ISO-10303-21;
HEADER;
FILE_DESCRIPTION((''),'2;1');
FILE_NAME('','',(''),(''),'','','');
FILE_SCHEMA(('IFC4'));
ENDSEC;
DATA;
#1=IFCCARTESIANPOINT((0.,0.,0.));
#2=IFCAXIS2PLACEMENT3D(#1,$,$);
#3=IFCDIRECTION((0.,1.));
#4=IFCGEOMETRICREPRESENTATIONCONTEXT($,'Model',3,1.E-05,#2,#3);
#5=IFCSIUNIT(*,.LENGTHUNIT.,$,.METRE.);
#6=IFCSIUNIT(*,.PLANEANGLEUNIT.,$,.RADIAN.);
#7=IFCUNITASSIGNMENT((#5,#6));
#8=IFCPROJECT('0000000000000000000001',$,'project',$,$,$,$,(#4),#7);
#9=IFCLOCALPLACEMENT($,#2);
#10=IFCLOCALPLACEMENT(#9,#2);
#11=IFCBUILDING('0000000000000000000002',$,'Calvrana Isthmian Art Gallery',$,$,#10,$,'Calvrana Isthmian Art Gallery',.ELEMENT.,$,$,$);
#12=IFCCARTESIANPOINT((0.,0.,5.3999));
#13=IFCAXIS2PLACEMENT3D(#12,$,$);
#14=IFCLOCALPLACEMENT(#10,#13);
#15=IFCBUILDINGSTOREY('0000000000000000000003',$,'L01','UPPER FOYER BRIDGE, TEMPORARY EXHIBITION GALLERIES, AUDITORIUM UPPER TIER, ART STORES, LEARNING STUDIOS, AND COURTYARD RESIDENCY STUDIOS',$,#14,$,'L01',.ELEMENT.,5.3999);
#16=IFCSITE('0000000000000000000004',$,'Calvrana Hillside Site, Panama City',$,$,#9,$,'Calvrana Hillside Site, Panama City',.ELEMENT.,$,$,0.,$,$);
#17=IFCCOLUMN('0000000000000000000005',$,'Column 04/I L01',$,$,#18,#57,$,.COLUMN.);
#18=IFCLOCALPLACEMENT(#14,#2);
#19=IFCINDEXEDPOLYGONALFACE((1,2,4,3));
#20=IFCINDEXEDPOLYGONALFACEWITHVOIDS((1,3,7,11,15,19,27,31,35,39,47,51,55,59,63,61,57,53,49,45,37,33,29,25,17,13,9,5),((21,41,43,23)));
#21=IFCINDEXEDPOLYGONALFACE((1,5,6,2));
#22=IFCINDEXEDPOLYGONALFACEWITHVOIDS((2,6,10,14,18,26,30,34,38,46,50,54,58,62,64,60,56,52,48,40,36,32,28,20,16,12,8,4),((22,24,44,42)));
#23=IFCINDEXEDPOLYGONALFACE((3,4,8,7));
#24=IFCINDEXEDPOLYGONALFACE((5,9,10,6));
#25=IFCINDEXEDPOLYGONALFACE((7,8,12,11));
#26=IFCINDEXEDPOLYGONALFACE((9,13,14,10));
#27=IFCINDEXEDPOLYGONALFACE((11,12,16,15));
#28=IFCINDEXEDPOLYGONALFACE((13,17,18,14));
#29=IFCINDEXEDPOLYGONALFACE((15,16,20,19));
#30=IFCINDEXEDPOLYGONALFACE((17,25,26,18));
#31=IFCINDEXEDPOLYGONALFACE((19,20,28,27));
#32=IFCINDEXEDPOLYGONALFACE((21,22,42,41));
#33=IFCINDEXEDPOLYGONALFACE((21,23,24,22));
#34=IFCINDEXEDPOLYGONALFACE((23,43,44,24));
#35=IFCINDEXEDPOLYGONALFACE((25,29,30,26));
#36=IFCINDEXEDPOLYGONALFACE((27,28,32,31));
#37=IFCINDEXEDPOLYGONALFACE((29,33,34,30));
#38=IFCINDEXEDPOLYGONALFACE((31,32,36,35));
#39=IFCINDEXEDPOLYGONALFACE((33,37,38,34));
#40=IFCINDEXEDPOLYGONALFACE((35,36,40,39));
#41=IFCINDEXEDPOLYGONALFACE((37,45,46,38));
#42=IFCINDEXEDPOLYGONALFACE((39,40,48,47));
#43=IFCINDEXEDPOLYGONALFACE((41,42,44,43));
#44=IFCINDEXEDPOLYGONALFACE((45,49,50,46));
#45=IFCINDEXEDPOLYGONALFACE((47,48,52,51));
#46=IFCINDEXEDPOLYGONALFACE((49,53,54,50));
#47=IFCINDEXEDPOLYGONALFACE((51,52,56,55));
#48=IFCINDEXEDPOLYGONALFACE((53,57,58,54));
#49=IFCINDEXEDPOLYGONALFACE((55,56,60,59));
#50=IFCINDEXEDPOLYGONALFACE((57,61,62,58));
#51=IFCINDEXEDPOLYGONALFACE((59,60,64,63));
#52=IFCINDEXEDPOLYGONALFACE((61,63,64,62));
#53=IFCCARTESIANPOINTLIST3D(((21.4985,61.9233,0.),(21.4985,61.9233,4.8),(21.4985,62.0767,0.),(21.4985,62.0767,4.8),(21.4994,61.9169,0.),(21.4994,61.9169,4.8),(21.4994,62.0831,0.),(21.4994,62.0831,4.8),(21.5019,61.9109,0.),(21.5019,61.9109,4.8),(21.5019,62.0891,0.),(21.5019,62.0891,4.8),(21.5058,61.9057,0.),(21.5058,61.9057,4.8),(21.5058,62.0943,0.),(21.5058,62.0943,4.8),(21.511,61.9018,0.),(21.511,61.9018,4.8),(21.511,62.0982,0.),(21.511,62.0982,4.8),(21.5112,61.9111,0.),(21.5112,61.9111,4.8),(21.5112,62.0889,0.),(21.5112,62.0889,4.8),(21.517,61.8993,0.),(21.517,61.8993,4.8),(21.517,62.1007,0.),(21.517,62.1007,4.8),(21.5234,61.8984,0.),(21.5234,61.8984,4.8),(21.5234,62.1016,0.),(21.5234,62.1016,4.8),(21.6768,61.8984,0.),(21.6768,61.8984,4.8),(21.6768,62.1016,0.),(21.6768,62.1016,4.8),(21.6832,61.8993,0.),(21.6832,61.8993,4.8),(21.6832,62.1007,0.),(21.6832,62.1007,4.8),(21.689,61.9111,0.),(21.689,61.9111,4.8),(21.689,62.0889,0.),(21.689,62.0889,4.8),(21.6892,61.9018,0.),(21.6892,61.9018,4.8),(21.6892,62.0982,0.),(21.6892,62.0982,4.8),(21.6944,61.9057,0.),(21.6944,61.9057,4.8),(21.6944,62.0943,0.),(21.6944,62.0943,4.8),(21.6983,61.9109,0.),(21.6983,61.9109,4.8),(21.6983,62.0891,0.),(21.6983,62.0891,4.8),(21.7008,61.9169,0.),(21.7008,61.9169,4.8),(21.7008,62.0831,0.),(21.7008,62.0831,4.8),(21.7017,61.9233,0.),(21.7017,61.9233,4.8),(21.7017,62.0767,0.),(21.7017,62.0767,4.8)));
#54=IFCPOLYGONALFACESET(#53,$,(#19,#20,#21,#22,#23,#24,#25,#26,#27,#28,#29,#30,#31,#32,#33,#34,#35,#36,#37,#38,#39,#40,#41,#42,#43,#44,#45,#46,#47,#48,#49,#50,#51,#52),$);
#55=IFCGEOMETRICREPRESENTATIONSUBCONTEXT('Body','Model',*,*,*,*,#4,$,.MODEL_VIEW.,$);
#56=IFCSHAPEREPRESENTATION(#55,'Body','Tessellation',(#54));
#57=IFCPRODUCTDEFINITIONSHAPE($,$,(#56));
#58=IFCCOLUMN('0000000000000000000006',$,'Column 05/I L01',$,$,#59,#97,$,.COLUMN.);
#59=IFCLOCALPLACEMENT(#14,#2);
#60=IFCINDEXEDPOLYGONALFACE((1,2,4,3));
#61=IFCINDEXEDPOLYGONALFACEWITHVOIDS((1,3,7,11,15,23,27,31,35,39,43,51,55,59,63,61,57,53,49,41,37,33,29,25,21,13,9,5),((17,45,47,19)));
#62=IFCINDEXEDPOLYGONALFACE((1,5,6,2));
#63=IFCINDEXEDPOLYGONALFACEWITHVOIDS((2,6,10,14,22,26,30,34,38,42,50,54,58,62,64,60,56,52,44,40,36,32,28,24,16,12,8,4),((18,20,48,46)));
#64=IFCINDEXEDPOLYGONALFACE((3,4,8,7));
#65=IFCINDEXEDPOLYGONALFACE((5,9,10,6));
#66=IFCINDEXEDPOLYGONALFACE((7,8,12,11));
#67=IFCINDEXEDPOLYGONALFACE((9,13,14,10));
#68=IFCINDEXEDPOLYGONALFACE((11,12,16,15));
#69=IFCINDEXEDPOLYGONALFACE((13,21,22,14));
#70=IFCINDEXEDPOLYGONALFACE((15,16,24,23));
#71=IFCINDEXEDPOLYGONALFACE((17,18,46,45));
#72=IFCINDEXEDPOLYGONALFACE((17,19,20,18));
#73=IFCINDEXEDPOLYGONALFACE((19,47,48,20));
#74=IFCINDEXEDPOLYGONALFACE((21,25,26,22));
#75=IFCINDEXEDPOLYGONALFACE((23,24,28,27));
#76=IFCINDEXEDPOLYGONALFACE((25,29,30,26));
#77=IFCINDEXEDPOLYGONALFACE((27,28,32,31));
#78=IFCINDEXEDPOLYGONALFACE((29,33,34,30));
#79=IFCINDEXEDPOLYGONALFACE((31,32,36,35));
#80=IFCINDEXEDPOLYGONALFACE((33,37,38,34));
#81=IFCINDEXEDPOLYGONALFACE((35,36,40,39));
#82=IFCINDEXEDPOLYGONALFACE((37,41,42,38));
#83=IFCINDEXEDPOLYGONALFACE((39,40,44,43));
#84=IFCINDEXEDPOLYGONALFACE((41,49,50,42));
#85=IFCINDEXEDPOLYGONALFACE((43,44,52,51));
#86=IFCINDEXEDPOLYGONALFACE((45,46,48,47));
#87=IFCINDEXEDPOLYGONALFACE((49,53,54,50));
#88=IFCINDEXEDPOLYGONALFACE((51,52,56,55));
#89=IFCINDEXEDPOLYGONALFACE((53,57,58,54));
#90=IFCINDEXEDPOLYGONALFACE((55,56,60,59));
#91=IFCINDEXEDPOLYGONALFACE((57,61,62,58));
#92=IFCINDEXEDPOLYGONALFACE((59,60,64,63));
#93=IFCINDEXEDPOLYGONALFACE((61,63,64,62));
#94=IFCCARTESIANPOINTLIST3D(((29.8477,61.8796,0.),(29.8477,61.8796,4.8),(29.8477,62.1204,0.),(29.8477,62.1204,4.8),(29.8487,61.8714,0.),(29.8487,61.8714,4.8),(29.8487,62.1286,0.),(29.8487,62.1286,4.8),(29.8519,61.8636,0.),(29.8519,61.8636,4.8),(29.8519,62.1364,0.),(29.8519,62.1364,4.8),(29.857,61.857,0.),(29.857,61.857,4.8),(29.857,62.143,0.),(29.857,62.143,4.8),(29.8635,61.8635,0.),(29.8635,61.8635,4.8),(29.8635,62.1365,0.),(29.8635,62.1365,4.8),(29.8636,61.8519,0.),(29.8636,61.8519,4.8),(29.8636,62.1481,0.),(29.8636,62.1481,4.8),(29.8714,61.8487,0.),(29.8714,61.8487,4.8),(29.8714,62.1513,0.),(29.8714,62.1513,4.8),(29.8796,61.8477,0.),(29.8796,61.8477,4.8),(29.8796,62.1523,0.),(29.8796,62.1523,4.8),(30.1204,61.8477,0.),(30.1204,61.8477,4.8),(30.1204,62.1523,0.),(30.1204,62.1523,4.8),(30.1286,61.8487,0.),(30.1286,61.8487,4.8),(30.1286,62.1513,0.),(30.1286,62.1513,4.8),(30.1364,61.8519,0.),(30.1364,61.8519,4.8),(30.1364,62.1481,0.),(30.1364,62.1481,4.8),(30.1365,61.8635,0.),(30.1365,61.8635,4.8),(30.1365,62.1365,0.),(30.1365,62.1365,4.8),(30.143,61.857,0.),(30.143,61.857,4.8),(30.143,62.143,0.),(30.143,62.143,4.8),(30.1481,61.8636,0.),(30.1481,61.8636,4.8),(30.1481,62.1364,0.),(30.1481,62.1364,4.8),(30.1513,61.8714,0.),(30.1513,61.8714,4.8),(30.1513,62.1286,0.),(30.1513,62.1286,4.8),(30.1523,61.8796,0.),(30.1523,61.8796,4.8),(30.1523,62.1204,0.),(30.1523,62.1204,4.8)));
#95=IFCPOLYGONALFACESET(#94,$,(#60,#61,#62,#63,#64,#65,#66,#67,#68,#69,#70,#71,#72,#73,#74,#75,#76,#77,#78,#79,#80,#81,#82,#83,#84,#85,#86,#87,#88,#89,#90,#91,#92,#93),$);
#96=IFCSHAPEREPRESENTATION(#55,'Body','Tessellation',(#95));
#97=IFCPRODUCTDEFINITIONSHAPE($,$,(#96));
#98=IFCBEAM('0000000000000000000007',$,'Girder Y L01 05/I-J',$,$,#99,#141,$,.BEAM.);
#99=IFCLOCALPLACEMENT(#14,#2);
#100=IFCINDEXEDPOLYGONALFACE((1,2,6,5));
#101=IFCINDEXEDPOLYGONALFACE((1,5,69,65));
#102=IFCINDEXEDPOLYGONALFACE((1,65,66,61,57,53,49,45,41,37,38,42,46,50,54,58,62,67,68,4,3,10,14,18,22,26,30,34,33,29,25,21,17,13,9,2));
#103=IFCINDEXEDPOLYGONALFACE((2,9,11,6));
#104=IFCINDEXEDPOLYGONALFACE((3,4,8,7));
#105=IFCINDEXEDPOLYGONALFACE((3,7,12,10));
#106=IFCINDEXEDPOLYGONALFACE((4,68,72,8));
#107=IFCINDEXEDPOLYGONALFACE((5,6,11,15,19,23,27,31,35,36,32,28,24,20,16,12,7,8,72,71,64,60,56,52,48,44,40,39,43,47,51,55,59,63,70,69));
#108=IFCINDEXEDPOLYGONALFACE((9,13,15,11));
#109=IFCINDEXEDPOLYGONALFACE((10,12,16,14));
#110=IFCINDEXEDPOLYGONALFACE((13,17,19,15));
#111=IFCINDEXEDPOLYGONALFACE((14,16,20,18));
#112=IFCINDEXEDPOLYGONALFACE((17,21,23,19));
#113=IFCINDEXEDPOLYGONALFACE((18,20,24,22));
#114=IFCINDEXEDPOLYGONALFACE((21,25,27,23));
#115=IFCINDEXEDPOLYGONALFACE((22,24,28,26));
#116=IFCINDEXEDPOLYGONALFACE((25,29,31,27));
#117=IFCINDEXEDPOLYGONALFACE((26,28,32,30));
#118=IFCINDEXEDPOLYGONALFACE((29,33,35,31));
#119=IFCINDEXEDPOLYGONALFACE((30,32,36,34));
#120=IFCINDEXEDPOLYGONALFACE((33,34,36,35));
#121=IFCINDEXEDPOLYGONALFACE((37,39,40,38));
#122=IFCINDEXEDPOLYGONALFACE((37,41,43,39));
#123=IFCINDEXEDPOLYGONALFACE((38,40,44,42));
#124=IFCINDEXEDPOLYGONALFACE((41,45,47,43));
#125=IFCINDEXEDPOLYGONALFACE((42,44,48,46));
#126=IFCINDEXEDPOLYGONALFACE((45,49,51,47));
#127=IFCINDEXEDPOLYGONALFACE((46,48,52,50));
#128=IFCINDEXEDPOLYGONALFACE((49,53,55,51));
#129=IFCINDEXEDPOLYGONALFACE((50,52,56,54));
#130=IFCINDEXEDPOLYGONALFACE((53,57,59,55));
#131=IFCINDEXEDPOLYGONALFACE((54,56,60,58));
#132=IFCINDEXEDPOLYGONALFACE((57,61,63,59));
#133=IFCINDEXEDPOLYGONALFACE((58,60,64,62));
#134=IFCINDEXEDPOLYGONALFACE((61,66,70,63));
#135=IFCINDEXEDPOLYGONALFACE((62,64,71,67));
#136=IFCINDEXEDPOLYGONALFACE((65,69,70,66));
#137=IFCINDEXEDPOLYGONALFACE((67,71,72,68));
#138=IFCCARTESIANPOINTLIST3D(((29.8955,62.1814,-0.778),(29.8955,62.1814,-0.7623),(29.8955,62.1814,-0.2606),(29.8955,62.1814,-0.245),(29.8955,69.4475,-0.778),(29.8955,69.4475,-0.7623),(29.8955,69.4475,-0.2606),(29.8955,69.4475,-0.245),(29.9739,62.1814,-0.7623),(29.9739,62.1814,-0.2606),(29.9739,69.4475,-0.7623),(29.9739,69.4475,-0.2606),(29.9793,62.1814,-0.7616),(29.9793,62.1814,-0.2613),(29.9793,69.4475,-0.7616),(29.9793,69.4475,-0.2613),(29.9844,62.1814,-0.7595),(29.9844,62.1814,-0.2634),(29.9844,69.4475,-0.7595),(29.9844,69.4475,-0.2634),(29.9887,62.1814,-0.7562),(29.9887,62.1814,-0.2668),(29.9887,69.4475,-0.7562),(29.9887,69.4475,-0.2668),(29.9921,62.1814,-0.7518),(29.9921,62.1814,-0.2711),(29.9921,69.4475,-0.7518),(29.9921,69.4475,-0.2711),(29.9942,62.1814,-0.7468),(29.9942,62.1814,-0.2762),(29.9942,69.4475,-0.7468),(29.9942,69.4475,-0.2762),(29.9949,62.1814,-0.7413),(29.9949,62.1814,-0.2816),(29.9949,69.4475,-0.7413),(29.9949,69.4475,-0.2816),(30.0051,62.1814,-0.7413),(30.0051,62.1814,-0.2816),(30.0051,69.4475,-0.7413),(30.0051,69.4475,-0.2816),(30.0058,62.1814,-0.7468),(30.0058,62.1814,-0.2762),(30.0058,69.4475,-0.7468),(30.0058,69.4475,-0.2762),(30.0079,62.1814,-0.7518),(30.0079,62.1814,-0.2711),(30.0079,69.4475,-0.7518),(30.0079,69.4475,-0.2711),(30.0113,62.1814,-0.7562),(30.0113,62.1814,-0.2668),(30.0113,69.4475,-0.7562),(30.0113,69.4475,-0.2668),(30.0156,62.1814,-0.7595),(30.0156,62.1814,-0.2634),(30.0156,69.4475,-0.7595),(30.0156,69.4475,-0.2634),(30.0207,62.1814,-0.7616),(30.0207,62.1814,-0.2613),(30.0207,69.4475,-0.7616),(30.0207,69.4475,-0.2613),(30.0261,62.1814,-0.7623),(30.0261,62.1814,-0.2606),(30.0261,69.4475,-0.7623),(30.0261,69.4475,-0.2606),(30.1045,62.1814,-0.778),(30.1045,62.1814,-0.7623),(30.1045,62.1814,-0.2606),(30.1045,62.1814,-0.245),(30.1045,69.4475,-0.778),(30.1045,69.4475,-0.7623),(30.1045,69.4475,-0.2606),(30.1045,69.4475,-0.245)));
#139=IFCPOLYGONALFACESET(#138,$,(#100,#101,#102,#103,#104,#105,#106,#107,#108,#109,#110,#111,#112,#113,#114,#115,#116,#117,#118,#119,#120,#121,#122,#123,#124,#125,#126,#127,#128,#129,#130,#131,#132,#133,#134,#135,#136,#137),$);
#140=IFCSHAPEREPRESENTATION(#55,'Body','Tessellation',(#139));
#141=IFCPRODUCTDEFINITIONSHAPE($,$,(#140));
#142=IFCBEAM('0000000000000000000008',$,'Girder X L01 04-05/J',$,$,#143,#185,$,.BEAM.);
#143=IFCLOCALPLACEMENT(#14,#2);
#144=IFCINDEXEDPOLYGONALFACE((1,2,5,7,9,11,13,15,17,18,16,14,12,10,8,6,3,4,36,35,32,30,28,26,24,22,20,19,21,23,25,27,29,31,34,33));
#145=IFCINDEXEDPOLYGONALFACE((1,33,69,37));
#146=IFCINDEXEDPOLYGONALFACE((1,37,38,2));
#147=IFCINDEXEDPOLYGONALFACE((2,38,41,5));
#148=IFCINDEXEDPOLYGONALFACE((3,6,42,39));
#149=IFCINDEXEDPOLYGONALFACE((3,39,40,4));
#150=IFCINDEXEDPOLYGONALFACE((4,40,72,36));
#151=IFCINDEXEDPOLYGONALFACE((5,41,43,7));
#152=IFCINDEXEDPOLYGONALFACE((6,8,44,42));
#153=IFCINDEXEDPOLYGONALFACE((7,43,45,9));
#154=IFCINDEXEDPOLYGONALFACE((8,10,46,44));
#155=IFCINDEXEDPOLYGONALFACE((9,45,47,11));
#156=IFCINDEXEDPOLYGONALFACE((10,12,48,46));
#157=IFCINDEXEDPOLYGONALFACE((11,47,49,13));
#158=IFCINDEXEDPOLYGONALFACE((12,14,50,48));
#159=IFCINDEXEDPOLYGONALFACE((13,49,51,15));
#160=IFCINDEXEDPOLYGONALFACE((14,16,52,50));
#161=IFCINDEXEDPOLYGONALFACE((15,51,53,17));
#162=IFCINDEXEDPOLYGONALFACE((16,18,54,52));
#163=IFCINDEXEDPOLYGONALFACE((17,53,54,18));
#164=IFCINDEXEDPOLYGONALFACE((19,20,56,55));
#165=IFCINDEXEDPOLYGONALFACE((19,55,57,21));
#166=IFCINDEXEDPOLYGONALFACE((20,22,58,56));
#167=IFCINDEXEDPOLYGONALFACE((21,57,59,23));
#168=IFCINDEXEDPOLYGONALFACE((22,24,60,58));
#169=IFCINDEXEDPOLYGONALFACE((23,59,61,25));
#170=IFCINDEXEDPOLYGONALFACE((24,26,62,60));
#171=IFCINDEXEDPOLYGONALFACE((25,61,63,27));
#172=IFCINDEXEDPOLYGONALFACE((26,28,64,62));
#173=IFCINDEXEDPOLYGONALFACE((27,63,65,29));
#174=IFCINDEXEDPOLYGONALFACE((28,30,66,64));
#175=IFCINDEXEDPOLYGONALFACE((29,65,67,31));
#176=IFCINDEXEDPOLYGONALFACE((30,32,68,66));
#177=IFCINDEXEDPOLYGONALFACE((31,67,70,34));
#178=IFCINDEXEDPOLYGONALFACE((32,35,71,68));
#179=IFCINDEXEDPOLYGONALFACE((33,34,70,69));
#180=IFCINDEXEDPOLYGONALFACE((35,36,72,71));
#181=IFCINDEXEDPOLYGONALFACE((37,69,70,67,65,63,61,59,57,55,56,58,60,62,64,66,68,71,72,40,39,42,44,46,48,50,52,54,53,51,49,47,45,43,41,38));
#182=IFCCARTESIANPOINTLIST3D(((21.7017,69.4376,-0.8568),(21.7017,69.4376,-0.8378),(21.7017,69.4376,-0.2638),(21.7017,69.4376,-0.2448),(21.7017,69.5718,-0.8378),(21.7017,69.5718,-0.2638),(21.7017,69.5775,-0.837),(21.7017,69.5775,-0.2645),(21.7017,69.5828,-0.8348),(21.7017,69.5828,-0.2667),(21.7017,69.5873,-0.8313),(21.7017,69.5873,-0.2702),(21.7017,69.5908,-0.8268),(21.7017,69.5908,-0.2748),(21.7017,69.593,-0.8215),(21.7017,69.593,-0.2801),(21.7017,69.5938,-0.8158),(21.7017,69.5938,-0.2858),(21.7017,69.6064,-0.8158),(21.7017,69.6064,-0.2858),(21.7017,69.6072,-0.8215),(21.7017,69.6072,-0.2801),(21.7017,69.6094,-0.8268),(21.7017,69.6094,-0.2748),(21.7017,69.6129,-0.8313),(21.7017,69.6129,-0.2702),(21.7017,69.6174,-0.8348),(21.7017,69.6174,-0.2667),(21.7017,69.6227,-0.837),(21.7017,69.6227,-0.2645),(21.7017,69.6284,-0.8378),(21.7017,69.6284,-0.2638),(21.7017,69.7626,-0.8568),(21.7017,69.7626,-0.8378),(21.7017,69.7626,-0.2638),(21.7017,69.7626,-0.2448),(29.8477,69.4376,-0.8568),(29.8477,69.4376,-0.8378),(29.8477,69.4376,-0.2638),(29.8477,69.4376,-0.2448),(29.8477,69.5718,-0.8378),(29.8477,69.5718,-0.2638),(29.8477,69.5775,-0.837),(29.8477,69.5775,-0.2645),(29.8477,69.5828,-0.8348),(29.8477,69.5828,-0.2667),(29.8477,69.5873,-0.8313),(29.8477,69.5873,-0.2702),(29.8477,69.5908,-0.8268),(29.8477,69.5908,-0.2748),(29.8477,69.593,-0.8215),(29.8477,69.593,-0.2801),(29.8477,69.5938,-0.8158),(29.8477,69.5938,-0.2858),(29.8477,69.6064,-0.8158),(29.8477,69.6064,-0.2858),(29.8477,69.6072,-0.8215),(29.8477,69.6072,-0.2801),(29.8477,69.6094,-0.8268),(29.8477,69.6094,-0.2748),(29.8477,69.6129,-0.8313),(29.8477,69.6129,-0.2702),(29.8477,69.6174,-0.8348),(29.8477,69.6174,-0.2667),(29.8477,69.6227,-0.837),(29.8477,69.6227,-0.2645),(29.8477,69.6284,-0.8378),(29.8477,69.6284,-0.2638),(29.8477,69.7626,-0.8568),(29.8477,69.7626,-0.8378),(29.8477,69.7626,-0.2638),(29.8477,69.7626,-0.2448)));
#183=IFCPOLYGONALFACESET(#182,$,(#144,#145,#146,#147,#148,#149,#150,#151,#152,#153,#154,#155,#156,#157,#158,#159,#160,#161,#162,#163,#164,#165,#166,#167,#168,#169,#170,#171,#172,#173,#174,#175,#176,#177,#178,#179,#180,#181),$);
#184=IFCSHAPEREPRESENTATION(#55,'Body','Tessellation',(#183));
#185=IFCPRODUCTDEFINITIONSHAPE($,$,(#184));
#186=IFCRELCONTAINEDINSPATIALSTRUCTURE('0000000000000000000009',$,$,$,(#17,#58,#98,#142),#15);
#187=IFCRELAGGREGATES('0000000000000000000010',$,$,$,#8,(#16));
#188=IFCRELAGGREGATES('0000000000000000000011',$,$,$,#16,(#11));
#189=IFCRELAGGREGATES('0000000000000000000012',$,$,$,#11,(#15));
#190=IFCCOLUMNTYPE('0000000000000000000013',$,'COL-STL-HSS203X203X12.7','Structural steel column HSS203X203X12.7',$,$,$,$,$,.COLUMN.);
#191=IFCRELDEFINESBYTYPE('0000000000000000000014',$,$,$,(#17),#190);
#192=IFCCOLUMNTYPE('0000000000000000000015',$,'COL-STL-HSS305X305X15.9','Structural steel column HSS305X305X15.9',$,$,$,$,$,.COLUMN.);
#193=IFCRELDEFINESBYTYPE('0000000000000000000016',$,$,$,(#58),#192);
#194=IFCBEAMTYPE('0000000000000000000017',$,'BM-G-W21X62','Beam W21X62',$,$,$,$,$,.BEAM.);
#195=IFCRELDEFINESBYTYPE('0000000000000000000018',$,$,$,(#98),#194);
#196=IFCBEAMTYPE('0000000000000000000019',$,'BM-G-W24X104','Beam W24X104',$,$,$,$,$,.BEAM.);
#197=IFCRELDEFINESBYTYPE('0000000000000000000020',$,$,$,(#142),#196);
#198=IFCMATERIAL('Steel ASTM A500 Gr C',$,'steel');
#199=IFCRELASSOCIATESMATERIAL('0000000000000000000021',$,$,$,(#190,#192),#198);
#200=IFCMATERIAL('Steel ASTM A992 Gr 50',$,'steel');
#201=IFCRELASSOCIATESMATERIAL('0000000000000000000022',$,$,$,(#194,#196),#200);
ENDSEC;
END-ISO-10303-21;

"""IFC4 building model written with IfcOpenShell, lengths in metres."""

from ifc_helpers import new_model, si_unit, direction, frame, origin, origin_2d, place, context, subcontext, project, spatial, hollow_rectangle, i_section, extrude, material, material_profile, profile_set, type_object, element, save


model = new_model("IFC4")

# Units and contexts
model_context = context("Model", 3, precision=1e-05, world=origin(), true_north=direction((0.0, 1.0)))
body_context = subcontext(model_context, "Body", "Model", "MODEL_VIEW")
ifc_project = project(units=[si_unit("LENGTHUNIT", "METRE"), si_unit("PLANEANGLEUNIT", "RADIAN")], contexts=[model_context])

# Site, building, storey
site_placement = place(None, origin())
site = spatial("IfcSite", under=ifc_project, at=site_placement, Name="Calvrana Hillside Site, Panama City", LongName="Calvrana Hillside Site, Panama City", CompositionType="ELEMENT", RefElevation=0.0)
building_placement = place(site_placement, origin())
building = spatial("IfcBuilding", under=site, at=building_placement, Name="Calvrana Isthmian Art Gallery", LongName="Calvrana Isthmian Art Gallery", CompositionType="ELEMENT")
storey_placement = place(building_placement, frame((0.0, 0.0, 5.3999)))
storey = spatial("IfcBuildingStorey", under=building, at=storey_placement, Name="L01", Description="UPPER FOYER BRIDGE, TEMPORARY EXHIBITION GALLERIES, AUDITORIUM UPPER TIER, ART STORES, LEARNING STUDIOS, AND COURTYARD RESIDENCY STUDIOS", LongName="L01", CompositionType="ELEMENT", Elevation=5.3999)

# Columns
ifc_material_1 = material(Name="Steel ASTM A500 Gr C", Category="steel")
ifc_material_profile_1 = material_profile(ifc_material_1, hollow_rectangle(XDim=0.2031, YDim=0.2031, WallThickness=0.0127, OuterFilletRadius=0.0249, at=origin_2d()), Name="HSS203X203X12.7")
ifc_profile_set_1 = profile_set([ifc_material_profile_1], Name="Steel ASTM A500 Gr C")
column_type_1 = type_object("IfcColumnType", Name="COL-STL-HSS203X203X12.7", Description="Structural steel column HSS203X203X12.7", PredefinedType="COLUMN", material=ifc_profile_set_1)
column_1_placement = place(storey_placement, frame((21.6001, 62.0, 0.0), z_axis=(0.0, 0.0, 1.0), x_axis=(1.0, 0.0, 0.0)))
element("IfcColumn", 1, at=column_1_placement, inside=storey, type_object=column_type_1, Name="Column 04/I L01", PredefinedType="COLUMN", context=body_context, shape_type="SweptSolid", body=[
    extrude(hollow_rectangle(XDim=0.2031, YDim=0.2031, WallThickness=0.0127, OuterFilletRadius=0.0249, at=origin_2d()), origin(), (0.0, 0.0, 1.0), 4.8),
])
ifc_material_profile_2 = material_profile(ifc_material_1, hollow_rectangle(XDim=0.3047, YDim=0.3047, WallThickness=0.0159, OuterFilletRadius=0.032, at=origin_2d()), Name="HSS305X305X15.9")
ifc_profile_set_2 = profile_set([ifc_material_profile_2], Name="Steel ASTM A500 Gr C")
column_type_2 = type_object("IfcColumnType", Name="COL-STL-HSS305X305X15.9", Description="Structural steel column HSS305X305X15.9", PredefinedType="COLUMN", material=ifc_profile_set_2)
column_2_placement = place(storey_placement, frame((30.0, 62.0, 0.0), z_axis=(0.0, 0.0, 1.0), x_axis=(1.0, 0.0, 0.0)))
element("IfcColumn", 2, at=column_2_placement, inside=storey, type_object=column_type_2, Name="Column 05/I L01", PredefinedType="COLUMN", context=body_context, shape_type="SweptSolid", body=[
    extrude(hollow_rectangle(XDim=0.3047, YDim=0.3047, WallThickness=0.0159, OuterFilletRadius=0.032, at=origin_2d()), origin(), (0.0, 0.0, 1.0), 4.8),
])

# Beams
ifc_material_2 = material(Name="Steel ASTM A992 Gr 50", Category="steel")
ifc_material_profile_3 = material_profile(ifc_material_2, i_section(OverallWidth=0.209, OverallDepth=0.533, WebThickness=0.0103, FlangeThickness=0.0156, FilletRadius=0.021, at=origin_2d()), Name="W21X62")
ifc_profile_set_3 = profile_set([ifc_material_profile_3], Name="Steel ASTM A992 Gr 50")
beam_type_1 = type_object("IfcBeamType", Name="BM-G-W21X62", Description="Beam W21X62", PredefinedType="BEAM", material=ifc_profile_set_3)
beam_1_placement = place(storey_placement, frame((30.0, 62.1814, -0.5115), z_axis=(0.0, 1.0, 0.0), x_axis=(-1.0, 0.0, 0.0)))
element("IfcBeam", 3, at=beam_1_placement, inside=storey, type_object=beam_type_1, Name="Girder Y L01 05/I-J", PredefinedType="BEAM", context=body_context, shape_type="SweptSolid", body=[
    extrude(i_section(OverallWidth=0.209, OverallDepth=0.533, WebThickness=0.0103, FlangeThickness=0.0156, FilletRadius=0.021, at=origin_2d()), origin(), (0.0, 0.0, 1.0), 7.2661),
])
ifc_material_profile_4 = material_profile(ifc_material_2, i_section(OverallWidth=0.325, OverallDepth=0.6121, WebThickness=0.0127, FlangeThickness=0.019, FilletRadius=0.022, at=origin_2d()), Name="W24X104")
ifc_profile_set_4 = profile_set([ifc_material_profile_4], Name="Steel ASTM A992 Gr 50")
beam_type_2 = type_object("IfcBeamType", Name="BM-G-W24X104", Description="Beam W24X104", PredefinedType="BEAM", material=ifc_profile_set_4)
beam_2_placement = place(storey_placement, frame((21.7017, 69.6001, -0.5508), z_axis=(1.0, 0.0, 0.0), x_axis=(0.0, 1.0, 0.0)))
element("IfcBeam", 4, at=beam_2_placement, inside=storey, type_object=beam_type_2, Name="Girder X L01 04-05/J", PredefinedType="BEAM", context=body_context, shape_type="SweptSolid", body=[
    extrude(i_section(OverallWidth=0.325, OverallDepth=0.6121, WebThickness=0.0127, FlangeThickness=0.019, FilletRadius=0.022, at=origin_2d()), origin(), (0.0, 0.0, 1.0), 8.146),
])

save(model, "model.ifc")
